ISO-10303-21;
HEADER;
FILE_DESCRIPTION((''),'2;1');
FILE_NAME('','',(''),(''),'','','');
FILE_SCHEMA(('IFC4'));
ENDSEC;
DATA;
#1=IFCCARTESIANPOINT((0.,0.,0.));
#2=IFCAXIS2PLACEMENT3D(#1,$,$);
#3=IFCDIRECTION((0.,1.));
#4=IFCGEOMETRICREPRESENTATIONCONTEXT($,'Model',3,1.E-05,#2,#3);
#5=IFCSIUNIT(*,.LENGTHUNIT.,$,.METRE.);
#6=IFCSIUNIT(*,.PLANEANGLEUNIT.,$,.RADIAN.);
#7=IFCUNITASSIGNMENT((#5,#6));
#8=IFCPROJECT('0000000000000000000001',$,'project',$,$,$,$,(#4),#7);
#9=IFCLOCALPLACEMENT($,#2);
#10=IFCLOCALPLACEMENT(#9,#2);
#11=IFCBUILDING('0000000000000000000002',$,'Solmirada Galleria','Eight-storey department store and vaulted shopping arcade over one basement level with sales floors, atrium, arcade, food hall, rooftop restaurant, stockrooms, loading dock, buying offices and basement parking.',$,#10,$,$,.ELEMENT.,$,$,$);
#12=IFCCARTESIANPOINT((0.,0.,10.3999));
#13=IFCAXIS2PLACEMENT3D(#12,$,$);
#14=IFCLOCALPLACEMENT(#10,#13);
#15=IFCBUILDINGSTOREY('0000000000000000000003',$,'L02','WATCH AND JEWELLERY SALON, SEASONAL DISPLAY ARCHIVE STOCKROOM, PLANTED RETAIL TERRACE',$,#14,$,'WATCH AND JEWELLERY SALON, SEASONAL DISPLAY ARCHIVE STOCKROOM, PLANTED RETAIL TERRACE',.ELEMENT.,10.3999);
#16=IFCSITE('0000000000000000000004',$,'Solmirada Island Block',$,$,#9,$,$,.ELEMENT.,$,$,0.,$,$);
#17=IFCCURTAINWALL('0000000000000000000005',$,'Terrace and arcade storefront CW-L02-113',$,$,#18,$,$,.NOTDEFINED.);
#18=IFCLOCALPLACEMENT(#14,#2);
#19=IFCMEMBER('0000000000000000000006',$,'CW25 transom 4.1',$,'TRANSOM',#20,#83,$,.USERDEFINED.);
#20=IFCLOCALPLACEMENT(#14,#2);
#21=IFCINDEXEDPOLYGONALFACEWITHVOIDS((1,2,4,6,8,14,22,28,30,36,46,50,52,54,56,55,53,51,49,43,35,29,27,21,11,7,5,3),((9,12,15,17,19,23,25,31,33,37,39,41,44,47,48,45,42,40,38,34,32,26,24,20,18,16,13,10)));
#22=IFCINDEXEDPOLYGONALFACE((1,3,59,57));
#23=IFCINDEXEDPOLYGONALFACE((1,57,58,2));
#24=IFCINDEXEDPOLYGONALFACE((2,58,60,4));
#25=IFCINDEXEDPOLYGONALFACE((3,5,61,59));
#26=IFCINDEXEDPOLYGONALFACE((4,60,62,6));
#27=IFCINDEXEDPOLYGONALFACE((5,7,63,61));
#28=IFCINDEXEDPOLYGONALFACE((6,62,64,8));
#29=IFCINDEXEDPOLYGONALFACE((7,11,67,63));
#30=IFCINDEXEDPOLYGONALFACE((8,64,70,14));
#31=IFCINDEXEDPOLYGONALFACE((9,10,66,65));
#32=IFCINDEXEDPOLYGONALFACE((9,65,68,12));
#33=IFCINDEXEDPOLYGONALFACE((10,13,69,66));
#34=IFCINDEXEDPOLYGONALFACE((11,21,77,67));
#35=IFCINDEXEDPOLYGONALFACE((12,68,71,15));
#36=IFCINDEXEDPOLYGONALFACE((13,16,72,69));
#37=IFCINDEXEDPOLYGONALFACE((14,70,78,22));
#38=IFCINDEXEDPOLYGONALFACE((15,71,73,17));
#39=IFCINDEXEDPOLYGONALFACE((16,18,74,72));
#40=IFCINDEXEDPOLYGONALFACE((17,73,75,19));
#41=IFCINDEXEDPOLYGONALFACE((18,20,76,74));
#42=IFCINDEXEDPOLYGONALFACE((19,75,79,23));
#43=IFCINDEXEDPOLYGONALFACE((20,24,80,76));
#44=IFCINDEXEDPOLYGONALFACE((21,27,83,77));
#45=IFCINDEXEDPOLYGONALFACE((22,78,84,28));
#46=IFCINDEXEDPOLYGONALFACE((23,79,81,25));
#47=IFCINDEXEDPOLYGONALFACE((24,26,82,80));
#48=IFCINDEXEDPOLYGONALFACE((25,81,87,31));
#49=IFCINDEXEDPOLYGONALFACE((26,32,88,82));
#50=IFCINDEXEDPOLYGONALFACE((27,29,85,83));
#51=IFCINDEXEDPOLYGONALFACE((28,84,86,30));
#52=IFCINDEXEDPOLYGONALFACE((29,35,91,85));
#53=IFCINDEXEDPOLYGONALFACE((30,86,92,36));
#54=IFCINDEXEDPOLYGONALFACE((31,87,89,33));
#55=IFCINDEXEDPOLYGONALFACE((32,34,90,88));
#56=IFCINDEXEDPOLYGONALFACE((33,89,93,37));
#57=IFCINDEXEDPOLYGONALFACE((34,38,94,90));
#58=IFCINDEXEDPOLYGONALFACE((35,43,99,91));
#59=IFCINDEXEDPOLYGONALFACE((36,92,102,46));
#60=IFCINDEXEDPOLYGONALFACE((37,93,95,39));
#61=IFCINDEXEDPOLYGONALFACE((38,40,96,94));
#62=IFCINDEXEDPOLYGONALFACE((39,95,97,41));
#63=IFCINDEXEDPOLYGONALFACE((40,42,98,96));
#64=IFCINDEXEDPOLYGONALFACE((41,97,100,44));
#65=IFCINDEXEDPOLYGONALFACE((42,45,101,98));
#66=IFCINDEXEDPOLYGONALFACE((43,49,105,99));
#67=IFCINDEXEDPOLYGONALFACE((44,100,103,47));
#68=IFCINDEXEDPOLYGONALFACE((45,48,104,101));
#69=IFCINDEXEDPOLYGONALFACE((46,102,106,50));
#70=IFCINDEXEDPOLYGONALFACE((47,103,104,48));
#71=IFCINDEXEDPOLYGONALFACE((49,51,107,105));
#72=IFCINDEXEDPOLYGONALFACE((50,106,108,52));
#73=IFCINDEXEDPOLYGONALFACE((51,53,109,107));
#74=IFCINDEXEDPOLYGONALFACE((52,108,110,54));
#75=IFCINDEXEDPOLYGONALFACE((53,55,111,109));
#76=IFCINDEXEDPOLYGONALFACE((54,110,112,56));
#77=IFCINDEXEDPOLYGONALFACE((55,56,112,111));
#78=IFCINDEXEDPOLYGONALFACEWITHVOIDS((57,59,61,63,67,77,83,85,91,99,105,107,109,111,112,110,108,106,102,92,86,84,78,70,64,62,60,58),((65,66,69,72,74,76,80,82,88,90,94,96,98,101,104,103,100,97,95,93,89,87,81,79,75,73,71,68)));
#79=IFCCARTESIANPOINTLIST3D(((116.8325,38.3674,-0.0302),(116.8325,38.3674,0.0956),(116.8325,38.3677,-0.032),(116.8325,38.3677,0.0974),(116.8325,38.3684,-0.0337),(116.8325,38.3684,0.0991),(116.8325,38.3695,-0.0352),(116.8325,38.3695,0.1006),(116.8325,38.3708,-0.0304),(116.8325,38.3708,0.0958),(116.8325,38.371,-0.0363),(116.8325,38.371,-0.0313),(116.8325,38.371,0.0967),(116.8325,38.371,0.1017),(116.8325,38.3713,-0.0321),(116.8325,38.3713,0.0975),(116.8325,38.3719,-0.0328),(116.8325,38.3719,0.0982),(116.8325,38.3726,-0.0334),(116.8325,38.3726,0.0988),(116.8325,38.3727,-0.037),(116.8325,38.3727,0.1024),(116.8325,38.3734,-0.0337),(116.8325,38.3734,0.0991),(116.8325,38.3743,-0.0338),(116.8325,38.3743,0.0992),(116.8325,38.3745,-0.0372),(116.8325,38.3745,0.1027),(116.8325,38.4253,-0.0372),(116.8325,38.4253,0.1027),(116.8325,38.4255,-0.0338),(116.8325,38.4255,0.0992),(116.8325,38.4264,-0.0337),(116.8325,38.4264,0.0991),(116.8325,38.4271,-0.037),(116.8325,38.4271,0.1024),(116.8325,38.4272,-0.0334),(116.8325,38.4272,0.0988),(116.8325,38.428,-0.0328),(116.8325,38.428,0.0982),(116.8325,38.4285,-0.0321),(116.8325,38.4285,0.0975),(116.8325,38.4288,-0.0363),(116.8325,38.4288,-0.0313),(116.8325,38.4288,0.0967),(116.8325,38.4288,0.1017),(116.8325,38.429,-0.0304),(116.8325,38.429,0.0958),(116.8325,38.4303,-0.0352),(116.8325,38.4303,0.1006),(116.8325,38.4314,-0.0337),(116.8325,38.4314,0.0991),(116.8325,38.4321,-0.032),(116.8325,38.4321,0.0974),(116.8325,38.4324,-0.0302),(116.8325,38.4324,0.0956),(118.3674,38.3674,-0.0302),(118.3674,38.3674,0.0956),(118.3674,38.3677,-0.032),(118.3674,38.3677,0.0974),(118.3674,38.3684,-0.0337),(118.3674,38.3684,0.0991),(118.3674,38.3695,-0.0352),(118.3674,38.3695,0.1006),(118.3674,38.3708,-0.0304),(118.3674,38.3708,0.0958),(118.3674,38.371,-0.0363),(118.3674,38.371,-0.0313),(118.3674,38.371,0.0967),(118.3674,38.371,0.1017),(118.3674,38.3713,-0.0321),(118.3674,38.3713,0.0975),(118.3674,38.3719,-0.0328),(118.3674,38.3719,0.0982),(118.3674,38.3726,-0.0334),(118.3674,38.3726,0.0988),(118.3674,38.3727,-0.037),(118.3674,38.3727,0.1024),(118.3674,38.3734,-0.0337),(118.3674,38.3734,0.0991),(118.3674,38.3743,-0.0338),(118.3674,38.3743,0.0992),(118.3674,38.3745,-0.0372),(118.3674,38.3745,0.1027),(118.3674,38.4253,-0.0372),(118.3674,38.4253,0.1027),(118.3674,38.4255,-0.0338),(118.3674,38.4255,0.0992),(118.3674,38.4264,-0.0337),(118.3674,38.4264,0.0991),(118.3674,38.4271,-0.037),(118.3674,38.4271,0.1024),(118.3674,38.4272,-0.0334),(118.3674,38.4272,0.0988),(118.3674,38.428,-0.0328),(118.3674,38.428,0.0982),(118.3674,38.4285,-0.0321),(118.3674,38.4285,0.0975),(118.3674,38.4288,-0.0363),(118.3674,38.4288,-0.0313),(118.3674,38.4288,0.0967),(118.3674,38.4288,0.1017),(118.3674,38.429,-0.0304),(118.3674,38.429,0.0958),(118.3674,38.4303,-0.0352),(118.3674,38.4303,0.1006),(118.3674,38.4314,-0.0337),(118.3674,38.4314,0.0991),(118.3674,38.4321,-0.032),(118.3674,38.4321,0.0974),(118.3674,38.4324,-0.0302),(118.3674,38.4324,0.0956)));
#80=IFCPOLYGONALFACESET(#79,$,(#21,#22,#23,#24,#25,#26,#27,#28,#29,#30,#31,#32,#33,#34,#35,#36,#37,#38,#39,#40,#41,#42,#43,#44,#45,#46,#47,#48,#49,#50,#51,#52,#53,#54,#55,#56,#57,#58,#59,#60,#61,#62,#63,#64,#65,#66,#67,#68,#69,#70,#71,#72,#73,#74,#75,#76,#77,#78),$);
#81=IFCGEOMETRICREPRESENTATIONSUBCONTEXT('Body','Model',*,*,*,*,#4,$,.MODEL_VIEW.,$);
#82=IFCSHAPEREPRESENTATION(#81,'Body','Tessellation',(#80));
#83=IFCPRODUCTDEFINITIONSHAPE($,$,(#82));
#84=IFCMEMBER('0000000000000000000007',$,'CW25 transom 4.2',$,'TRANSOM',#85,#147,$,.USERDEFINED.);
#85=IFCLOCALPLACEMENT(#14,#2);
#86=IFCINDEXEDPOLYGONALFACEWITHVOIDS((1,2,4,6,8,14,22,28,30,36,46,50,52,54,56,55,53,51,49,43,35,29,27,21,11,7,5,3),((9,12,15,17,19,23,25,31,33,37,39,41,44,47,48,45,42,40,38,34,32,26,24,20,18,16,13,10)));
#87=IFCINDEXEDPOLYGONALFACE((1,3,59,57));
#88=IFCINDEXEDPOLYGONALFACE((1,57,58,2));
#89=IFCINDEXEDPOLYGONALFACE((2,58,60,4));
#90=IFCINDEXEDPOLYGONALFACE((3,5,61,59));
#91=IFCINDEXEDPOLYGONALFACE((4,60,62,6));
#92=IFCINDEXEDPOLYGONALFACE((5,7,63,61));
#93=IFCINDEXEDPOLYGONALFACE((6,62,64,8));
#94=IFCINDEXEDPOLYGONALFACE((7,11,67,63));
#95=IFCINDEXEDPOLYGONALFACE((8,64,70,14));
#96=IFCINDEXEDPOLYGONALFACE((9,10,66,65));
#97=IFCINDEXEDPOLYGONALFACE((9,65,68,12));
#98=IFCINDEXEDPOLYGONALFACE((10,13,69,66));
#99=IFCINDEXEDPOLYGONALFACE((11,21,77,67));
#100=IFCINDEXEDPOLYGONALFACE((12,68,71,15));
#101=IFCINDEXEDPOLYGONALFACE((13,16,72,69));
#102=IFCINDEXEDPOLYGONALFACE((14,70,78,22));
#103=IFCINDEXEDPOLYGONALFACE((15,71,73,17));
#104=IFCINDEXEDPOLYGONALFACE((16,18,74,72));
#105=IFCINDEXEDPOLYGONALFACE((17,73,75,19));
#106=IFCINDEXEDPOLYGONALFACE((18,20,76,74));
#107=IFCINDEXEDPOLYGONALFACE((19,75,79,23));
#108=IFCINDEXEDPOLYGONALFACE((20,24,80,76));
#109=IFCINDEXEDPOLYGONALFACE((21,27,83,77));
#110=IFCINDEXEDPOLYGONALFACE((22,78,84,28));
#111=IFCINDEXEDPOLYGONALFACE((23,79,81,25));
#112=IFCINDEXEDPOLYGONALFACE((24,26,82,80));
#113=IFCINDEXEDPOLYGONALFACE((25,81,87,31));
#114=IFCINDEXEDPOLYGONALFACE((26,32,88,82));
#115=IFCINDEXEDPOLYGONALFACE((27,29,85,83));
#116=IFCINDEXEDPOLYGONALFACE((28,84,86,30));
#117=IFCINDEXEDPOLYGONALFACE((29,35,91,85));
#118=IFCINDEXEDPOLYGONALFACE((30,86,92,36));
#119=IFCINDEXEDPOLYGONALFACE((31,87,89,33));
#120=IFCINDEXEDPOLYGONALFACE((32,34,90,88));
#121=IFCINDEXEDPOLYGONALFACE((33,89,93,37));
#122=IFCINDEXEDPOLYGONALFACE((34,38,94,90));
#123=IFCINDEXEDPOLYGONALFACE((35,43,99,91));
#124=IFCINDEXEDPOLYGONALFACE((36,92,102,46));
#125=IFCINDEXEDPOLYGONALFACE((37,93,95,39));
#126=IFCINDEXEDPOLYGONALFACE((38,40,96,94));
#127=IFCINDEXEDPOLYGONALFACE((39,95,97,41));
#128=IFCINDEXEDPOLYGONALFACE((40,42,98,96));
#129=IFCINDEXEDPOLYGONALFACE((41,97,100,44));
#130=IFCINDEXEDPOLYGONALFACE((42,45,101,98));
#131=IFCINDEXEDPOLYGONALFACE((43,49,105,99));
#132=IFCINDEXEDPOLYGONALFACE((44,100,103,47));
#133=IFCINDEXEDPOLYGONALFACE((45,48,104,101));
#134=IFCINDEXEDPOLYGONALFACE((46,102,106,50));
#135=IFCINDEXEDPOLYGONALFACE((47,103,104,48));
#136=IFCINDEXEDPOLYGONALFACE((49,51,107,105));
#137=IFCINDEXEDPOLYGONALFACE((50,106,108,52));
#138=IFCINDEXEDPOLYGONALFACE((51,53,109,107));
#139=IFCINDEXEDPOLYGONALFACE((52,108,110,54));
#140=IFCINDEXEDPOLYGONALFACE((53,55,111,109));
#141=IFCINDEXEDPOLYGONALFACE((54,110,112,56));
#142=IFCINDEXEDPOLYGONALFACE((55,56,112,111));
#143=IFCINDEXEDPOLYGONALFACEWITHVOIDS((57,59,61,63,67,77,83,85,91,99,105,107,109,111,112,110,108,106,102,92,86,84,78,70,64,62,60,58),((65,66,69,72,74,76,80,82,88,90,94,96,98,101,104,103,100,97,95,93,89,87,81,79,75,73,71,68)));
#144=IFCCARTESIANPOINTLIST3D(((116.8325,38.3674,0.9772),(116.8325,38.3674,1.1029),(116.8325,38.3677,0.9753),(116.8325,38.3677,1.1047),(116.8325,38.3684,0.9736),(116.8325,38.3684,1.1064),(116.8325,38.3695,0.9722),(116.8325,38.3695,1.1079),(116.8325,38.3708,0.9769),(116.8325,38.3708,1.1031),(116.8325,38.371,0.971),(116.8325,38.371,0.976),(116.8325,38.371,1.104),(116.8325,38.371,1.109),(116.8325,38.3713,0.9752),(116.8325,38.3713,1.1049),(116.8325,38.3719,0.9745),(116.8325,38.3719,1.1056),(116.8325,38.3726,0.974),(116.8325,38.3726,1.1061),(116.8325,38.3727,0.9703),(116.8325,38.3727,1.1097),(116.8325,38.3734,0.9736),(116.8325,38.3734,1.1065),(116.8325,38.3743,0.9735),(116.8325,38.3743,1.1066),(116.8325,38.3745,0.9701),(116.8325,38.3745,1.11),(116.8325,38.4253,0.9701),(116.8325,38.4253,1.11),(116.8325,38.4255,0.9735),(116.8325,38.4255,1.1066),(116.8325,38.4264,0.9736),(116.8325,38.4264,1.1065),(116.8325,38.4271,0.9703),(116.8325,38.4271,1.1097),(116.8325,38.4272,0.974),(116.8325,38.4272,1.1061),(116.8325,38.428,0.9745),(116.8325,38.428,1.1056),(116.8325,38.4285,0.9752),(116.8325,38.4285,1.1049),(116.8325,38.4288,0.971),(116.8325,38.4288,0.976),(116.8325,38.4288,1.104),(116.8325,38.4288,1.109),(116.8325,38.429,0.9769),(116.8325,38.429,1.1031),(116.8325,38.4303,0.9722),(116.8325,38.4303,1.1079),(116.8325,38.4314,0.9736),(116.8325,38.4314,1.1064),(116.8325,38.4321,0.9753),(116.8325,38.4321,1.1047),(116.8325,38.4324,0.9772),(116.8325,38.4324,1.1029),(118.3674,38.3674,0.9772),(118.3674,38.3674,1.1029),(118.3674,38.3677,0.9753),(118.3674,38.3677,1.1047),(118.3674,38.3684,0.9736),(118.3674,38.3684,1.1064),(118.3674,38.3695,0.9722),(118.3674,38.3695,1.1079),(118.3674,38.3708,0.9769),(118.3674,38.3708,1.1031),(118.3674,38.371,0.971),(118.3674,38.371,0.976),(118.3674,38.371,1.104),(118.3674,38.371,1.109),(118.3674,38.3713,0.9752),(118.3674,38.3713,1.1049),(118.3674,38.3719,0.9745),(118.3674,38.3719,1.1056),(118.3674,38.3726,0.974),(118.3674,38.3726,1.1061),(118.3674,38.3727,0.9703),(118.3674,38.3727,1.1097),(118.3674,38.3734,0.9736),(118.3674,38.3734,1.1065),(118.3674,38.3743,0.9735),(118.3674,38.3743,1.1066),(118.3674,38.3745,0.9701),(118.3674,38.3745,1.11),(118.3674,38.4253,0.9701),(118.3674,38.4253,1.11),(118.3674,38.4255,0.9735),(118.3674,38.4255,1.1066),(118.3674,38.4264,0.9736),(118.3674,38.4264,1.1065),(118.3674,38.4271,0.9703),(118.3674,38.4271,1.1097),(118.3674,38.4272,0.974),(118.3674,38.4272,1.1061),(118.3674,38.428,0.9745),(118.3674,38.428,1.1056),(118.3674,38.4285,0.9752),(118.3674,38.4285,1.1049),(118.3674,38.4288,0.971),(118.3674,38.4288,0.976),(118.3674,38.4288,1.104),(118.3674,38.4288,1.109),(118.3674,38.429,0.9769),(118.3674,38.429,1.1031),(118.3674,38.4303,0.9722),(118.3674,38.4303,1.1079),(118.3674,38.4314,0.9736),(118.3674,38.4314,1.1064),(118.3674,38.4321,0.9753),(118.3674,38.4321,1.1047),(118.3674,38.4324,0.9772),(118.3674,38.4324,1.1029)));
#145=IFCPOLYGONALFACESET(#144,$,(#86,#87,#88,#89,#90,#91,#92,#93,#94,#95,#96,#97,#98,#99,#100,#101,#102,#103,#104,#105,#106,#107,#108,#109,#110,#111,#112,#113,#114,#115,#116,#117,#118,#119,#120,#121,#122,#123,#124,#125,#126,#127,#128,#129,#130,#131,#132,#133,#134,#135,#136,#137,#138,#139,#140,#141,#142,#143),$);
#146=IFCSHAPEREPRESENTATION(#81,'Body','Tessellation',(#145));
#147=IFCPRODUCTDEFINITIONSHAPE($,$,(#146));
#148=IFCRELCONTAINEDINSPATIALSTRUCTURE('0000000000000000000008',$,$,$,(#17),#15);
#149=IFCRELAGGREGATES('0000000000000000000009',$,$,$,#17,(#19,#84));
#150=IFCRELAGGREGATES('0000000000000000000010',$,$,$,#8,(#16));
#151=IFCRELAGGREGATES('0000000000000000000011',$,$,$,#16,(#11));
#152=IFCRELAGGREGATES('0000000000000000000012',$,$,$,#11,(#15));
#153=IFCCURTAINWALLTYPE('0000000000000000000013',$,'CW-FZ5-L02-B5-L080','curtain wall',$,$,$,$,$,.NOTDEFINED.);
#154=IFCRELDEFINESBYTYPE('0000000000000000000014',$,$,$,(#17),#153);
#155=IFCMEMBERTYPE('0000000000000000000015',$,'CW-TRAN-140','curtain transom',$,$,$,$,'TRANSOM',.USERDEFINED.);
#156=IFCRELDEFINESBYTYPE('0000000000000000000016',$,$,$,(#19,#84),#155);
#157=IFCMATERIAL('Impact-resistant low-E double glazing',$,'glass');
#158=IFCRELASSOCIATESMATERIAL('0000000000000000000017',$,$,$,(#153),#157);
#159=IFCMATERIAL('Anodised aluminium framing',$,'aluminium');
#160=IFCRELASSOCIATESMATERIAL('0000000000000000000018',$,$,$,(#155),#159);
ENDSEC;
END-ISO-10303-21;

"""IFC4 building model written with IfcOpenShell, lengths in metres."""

from ifc_helpers import new_model, si_unit, direction, frame, origin, origin_2d, place, context, subcontext, project, spatial, hollow_rectangle, extrude, material, material_profile, profile_set, type_object, element, aggregate, save


model = new_model("IFC4")

# Units and contexts
model_context = context("Model", 3, precision=1e-05, world=origin(), true_north=direction((0.0, 1.0)))
body_context = subcontext(model_context, "Body", "Model", "MODEL_VIEW")
ifc_project = project(units=[si_unit("LENGTHUNIT", "METRE"), si_unit("PLANEANGLEUNIT", "RADIAN")], contexts=[model_context])

# Site, building, storey
site_placement = place(None, origin())
site = spatial("IfcSite", under=ifc_project, at=site_placement, Name="Solmirada Island Block", CompositionType="ELEMENT", RefElevation=0.0)
building_placement = place(site_placement, origin())
building = spatial("IfcBuilding", under=site, at=building_placement, Name="Solmirada Galleria", Description="Eight-storey department store and vaulted shopping arcade over one basement level with sales floors, atrium, arcade, food hall, rooftop restaurant, stockrooms, loading dock, buying offices and basement parking.", CompositionType="ELEMENT")
storey_placement = place(building_placement, frame((0.0, 0.0, 10.3999)))
storey = spatial("IfcBuildingStorey", under=building, at=storey_placement, Name="L02", Description="WATCH AND JEWELLERY SALON, SEASONAL DISPLAY ARCHIVE STOCKROOM, PLANTED RETAIL TERRACE", LongName="WATCH AND JEWELLERY SALON, SEASONAL DISPLAY ARCHIVE STOCKROOM, PLANTED RETAIL TERRACE", CompositionType="ELEMENT", Elevation=10.3999)

# Curtain wall, members
ifc_material_1 = material(Name="Impact-resistant low-E double glazing", Category="glass")
curtain_wall_type = type_object("IfcCurtainWallType", Name="CW-FZ5-L02-B5-L080", Description="curtain wall", PredefinedType="NOTDEFINED", material=ifc_material_1)
curtain_wall_placement = place(storey_placement, origin())
curtain_wall = element("IfcCurtainWall", 1, at=curtain_wall_placement, inside=storey, type_object=curtain_wall_type, Name="Terrace and arcade storefront CW-L02-113", PredefinedType="NOTDEFINED")
ifc_material_2 = material(Name="Anodised aluminium framing", Category="aluminium")
ifc_material_profile_1 = material_profile(ifc_material_2, hollow_rectangle(XDim=0.0649, YDim=0.1399, WallThickness=0.0034, InnerFilletRadius=0.0034, OuterFilletRadius=0.0071, at=origin_2d()), Name="ALU-TRAN-140X65")
ifc_profile_set_1 = profile_set([ifc_material_profile_1], Name="Anodised aluminium framing")
member_type_1 = type_object("IfcMemberType", Name="CW-TRAN-140", Description="curtain transom", ElementType="TRANSOM", PredefinedType="USERDEFINED", material=ifc_profile_set_1)
member_1_placement = place(storey_placement, frame((116.8325, 38.3999, 0.0327), z_axis=(1.0, 0.0, 0.0), x_axis=(0.0, 1.0, 0.0)))
member_1 = element("IfcMember", 2, at=member_1_placement, type_object=member_type_1, Name="CW25 transom 4.1", ObjectType="TRANSOM", PredefinedType="USERDEFINED", context=body_context, shape_type="SweptSolid", body=[
    extrude(hollow_rectangle(XDim=0.0649, YDim=0.1399, WallThickness=0.0034, InnerFilletRadius=0.0034, OuterFilletRadius=0.0071, at=origin_2d()), origin(), (0.0, 0.0, 1.0), 1.5349),
])
member_2_placement = place(storey_placement, frame((116.8325, 38.3999, 1.04), z_axis=(1.0, 0.0, 0.0), x_axis=(0.0, 1.0, 0.0)))
member_2 = element("IfcMember", 3, at=member_2_placement, type_object=member_type_1, Name="CW25 transom 4.2", ObjectType="TRANSOM", PredefinedType="USERDEFINED", context=body_context, shape_type="SweptSolid", body=[
    extrude(hollow_rectangle(XDim=0.0649, YDim=0.1399, WallThickness=0.0034, InnerFilletRadius=0.0034, OuterFilletRadius=0.0071, at=origin_2d()), origin(), (0.0, 0.0, 1.0), 1.5349),
])
aggregate(curtain_wall, [member_1, member_2])

save(model, "model.ifc")
